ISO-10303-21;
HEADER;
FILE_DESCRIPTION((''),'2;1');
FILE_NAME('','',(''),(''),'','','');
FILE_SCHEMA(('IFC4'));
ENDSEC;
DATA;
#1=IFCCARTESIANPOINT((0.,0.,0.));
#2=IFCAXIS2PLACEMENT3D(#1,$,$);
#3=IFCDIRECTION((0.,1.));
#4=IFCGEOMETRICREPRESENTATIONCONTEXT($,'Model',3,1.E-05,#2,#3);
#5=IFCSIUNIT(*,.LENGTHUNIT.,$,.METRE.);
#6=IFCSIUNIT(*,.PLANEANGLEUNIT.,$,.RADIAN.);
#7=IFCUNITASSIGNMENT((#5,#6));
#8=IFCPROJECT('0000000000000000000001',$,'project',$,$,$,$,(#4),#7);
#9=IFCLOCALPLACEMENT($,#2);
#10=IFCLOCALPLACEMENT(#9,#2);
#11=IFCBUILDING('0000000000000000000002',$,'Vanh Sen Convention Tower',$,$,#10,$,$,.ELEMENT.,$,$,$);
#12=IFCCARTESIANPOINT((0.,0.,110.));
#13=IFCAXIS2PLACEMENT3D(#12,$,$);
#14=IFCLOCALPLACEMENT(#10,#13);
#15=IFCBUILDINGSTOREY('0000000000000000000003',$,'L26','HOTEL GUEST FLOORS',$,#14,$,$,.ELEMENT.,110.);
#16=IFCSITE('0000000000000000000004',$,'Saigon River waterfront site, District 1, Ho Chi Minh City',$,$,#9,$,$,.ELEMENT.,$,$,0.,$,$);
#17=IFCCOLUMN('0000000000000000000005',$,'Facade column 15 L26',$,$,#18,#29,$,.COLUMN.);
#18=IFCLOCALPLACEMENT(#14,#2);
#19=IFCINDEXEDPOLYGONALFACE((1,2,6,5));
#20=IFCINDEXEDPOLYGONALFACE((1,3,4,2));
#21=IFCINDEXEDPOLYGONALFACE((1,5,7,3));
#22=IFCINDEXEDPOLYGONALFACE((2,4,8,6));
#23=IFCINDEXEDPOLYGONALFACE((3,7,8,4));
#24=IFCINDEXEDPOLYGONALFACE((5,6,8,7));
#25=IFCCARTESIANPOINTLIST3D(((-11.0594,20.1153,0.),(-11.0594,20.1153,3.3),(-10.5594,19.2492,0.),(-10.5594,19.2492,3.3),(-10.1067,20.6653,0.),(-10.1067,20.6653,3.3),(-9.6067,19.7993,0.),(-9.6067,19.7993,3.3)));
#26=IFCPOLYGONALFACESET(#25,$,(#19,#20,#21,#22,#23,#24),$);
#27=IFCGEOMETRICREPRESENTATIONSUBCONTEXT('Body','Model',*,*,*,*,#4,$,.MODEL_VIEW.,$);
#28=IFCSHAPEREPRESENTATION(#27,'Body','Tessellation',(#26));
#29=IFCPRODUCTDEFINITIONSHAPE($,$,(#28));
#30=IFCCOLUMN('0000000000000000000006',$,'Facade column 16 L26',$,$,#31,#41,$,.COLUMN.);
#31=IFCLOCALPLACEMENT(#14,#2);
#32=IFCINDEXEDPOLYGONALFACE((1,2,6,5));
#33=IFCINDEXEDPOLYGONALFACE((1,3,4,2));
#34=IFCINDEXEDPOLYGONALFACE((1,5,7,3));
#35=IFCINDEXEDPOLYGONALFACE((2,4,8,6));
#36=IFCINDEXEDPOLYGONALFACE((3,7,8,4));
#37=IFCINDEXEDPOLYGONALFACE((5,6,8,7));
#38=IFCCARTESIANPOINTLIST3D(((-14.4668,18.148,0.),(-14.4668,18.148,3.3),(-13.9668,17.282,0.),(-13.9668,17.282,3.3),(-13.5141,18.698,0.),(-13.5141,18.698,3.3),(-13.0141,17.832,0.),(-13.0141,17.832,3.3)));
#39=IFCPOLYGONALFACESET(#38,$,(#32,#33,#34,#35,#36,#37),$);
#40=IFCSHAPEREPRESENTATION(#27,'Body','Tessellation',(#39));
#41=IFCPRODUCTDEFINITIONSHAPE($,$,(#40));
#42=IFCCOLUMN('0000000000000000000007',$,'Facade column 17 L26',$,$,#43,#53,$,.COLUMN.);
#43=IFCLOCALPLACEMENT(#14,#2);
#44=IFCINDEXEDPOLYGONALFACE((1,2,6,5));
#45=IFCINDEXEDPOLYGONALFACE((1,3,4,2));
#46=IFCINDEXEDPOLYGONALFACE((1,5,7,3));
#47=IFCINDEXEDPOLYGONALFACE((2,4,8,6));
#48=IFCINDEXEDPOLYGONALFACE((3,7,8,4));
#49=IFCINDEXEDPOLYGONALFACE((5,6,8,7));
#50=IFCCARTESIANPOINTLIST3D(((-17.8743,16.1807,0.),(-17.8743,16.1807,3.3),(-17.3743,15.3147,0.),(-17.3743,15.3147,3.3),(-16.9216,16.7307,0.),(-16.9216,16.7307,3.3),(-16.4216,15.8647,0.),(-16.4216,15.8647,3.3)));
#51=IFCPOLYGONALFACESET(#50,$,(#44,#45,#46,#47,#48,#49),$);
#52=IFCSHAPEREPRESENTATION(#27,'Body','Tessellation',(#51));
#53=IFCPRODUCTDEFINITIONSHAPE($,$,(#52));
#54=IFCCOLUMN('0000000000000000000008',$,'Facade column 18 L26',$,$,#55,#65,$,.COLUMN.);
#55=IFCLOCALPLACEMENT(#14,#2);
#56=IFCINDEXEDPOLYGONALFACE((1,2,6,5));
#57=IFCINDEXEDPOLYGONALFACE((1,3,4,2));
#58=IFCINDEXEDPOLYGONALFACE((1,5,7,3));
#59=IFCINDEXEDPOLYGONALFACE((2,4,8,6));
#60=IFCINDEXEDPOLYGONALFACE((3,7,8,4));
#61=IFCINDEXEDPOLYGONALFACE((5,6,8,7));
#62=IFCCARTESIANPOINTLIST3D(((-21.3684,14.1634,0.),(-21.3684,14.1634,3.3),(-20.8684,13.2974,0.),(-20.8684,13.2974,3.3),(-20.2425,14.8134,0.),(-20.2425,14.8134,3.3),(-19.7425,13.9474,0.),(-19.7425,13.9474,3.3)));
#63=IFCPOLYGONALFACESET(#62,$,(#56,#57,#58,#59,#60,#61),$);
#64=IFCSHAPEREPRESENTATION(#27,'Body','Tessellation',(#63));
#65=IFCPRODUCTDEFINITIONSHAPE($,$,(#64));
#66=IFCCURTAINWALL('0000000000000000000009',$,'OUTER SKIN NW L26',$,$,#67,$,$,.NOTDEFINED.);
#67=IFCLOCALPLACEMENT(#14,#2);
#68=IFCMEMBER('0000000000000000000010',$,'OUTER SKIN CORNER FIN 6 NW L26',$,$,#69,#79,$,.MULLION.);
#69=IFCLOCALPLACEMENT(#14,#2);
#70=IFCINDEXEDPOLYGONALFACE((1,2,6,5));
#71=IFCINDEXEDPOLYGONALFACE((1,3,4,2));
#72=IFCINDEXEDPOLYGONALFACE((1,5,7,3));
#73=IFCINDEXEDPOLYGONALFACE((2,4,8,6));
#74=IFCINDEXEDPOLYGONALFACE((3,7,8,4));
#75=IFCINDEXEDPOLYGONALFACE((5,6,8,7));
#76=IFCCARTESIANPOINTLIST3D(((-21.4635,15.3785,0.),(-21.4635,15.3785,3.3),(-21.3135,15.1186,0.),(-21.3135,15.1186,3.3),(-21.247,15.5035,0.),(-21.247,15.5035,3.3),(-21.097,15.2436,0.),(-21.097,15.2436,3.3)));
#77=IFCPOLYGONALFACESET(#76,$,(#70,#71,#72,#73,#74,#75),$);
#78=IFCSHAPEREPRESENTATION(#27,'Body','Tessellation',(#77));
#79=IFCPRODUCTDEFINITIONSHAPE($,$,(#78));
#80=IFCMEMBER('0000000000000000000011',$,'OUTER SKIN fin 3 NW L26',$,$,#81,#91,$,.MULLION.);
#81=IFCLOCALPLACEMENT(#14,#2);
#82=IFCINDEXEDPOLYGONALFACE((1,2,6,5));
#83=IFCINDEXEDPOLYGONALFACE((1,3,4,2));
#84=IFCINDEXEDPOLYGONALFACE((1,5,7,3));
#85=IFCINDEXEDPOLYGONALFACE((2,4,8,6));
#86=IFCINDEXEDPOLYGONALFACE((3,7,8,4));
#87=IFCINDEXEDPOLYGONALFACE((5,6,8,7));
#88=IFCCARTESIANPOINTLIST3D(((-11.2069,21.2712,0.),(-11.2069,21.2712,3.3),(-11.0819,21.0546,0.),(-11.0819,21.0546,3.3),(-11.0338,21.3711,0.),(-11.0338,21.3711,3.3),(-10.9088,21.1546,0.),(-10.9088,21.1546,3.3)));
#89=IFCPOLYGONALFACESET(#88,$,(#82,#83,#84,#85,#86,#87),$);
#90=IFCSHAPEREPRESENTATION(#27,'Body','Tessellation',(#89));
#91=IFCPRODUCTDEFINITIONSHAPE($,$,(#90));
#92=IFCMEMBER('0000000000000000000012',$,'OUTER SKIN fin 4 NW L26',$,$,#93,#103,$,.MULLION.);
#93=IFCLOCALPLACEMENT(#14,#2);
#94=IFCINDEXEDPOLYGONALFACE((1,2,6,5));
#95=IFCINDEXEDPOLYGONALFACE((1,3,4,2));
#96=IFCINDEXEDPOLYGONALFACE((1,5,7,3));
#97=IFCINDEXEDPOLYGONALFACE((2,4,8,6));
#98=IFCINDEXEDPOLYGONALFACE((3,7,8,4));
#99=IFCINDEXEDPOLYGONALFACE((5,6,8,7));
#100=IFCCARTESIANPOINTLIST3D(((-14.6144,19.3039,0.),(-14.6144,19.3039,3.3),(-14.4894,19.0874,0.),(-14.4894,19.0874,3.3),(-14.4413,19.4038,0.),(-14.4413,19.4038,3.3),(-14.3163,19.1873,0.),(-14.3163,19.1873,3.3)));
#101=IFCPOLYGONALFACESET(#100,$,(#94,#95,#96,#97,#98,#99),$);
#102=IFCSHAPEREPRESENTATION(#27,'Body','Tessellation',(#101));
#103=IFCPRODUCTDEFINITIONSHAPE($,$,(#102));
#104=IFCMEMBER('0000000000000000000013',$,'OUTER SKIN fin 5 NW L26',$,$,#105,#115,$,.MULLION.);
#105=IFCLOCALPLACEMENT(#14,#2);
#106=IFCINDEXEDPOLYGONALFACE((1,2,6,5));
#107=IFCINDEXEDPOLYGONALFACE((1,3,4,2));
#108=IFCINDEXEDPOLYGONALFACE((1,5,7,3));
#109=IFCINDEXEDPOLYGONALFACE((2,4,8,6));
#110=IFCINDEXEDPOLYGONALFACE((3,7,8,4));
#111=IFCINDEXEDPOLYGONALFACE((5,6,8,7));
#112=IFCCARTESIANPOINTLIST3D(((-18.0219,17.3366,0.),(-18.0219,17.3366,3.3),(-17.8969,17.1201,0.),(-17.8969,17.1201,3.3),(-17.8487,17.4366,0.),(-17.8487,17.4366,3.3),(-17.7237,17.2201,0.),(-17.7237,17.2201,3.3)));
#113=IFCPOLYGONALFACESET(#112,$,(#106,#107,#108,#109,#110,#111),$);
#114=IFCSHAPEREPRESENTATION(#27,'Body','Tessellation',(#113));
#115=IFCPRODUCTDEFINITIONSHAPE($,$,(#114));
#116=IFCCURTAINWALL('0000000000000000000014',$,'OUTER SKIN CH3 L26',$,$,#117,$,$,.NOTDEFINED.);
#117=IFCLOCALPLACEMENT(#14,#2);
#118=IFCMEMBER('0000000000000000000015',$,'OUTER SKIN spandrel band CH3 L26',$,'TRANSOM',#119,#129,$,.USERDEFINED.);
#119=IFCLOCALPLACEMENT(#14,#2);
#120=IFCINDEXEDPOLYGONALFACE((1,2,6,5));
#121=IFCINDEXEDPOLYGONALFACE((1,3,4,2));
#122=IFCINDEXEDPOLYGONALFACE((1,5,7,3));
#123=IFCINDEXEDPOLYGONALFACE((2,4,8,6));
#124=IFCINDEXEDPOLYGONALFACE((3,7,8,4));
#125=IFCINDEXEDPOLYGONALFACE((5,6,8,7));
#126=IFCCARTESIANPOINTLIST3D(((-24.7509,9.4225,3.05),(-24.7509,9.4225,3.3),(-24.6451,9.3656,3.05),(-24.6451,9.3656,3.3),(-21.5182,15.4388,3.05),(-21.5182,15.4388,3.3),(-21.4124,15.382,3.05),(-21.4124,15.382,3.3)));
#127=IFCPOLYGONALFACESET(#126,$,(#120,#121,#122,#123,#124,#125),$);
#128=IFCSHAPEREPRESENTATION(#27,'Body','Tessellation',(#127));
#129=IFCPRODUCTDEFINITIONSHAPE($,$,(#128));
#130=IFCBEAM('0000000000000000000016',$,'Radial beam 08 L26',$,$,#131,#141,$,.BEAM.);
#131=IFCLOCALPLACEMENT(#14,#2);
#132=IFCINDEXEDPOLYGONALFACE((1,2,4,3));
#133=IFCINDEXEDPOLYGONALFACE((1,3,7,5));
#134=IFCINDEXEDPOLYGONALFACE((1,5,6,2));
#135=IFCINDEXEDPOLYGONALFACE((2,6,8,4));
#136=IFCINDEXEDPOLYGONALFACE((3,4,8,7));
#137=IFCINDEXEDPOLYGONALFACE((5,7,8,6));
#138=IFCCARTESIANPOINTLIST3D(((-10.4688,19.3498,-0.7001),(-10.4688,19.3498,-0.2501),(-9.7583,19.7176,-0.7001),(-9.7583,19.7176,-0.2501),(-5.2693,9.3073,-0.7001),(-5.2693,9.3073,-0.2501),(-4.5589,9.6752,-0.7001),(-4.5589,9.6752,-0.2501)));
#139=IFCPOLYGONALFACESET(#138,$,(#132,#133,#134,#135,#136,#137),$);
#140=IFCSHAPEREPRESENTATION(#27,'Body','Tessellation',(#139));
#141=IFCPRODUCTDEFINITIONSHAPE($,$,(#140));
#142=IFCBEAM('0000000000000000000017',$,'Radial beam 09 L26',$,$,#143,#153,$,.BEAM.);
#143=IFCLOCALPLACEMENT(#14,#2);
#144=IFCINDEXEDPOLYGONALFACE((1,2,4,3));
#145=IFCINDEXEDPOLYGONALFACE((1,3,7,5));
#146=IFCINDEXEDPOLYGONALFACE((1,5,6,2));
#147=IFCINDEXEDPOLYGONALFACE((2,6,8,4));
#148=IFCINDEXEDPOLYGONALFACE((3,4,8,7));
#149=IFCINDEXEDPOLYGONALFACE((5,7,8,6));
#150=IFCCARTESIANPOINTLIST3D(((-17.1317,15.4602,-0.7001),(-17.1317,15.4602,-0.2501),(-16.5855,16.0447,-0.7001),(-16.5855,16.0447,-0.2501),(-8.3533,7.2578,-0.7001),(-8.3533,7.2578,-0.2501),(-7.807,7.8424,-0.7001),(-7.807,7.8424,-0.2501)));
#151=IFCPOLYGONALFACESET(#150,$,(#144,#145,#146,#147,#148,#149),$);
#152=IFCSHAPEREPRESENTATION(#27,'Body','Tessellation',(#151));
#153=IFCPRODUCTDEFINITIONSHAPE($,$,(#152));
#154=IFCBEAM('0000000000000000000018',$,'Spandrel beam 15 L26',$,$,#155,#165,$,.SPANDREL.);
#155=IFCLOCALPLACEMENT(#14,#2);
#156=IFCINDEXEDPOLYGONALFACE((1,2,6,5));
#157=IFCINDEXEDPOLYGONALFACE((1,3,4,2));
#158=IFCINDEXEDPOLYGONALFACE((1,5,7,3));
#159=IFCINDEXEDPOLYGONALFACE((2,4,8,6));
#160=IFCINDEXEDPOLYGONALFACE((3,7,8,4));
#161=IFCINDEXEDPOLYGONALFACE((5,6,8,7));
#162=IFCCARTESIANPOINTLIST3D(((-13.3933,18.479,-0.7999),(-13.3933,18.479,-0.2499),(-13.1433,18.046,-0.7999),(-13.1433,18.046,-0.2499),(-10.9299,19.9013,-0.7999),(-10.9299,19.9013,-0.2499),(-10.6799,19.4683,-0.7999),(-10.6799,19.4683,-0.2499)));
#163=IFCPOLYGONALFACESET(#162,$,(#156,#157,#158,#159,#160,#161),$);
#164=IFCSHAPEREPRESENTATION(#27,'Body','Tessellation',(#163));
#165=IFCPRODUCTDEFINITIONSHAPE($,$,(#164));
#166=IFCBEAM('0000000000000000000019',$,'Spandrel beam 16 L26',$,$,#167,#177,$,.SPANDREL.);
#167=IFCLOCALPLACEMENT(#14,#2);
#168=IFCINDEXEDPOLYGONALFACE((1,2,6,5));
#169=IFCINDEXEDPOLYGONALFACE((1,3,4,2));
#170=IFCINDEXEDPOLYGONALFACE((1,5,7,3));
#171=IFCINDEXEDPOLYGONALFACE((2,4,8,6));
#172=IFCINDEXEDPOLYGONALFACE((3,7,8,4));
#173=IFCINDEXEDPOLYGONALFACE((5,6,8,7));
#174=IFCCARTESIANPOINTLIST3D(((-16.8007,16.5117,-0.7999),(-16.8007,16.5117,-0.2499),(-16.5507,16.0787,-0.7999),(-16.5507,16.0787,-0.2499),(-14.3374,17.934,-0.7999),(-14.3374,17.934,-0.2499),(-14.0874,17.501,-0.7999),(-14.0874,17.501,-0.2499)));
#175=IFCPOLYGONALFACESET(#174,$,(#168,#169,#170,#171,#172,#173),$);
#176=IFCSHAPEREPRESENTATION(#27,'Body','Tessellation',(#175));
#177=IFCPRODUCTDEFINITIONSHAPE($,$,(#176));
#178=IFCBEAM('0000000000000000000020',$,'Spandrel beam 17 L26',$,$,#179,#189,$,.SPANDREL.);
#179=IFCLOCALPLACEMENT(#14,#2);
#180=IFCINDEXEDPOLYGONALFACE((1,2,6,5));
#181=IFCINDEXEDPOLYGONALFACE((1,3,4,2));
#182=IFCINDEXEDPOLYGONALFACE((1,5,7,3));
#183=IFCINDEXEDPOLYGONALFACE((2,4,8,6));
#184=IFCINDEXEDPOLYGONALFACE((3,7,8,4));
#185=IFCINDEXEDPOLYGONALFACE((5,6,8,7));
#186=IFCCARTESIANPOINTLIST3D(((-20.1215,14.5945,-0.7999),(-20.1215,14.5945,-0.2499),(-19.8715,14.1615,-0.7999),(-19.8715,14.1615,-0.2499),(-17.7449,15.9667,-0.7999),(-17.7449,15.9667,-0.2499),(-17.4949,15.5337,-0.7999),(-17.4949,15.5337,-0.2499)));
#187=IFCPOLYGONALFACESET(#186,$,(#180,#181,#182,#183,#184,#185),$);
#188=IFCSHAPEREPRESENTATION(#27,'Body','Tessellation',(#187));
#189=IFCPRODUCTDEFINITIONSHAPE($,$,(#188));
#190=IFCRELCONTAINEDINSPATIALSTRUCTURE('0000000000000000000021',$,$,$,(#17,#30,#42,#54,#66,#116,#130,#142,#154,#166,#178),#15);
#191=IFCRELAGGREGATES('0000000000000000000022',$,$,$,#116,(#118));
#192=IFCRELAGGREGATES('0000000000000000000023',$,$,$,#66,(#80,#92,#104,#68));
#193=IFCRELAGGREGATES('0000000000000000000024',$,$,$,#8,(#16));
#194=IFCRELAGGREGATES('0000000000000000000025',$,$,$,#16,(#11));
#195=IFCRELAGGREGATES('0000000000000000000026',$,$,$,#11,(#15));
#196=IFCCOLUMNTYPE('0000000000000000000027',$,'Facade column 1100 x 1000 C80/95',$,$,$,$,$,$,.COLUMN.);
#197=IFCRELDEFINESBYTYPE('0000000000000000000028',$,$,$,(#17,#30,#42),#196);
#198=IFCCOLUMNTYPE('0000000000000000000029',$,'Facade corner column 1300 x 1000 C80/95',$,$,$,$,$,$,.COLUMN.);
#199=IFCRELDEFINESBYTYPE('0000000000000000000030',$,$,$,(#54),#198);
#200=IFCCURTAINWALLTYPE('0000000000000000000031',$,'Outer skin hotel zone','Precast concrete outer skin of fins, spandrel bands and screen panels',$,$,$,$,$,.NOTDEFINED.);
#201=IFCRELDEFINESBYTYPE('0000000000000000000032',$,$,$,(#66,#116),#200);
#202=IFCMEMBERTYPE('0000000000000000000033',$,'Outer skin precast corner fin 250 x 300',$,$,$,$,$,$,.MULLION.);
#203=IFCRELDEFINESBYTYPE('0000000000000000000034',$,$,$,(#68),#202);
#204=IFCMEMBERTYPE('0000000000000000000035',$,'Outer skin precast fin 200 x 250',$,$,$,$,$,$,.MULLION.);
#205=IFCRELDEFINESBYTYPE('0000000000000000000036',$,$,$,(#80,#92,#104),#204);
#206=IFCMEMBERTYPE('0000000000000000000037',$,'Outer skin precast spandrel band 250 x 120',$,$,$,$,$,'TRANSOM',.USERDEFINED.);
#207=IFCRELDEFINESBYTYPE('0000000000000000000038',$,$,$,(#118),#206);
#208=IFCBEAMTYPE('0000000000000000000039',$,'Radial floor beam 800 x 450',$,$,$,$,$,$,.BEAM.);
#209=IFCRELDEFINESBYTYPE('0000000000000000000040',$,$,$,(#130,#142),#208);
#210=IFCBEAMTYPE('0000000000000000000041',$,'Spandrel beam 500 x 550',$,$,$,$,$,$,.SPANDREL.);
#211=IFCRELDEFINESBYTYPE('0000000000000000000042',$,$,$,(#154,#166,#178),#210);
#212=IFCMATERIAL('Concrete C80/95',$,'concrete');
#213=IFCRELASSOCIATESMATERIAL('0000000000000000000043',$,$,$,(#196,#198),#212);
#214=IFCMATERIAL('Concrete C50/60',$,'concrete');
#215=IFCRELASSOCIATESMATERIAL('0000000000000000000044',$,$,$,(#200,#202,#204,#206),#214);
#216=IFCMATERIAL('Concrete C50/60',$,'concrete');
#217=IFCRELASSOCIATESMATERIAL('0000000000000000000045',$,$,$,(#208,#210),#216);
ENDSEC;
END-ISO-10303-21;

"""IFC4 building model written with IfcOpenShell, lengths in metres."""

from ifc_helpers import new_model, si_unit, direction, frame, origin, origin_2d, place, context, subcontext, project, spatial, rectangle, extrude, material, material_profile, profile_set, type_object, element, aggregate, save


model = new_model("IFC4")

# Units and contexts
model_context = context("Model", 3, precision=1e-05, world=origin(), true_north=direction((0.0, 1.0)))
body_context = subcontext(model_context, "Body", "Model", "MODEL_VIEW")
ifc_project = project(units=[si_unit("LENGTHUNIT", "METRE"), si_unit("PLANEANGLEUNIT", "RADIAN")], contexts=[model_context])

# Site, building, storey
site_placement = place(None, origin())
site = spatial("IfcSite", under=ifc_project, at=site_placement, Name="Saigon River waterfront site, District 1, Ho Chi Minh City", CompositionType="ELEMENT", RefElevation=0.0)
building_placement = place(site_placement, origin())
building = spatial("IfcBuilding", under=site, at=building_placement, Name="Vanh Sen Convention Tower", CompositionType="ELEMENT")
storey_placement = place(building_placement, frame((0.0, 0.0, 110.0)))
storey = spatial("IfcBuildingStorey", under=building, at=storey_placement, Name="L26", Description="HOTEL GUEST FLOORS", CompositionType="ELEMENT", Elevation=110.0)

# Columns
ifc_material_1 = material(Name="Concrete C80/95", Category="concrete")
ifc_material_profile_1 = material_profile(ifc_material_1, rectangle(XDim=1.1001, YDim=1.0, at=origin_2d()), Name="RC 1100X1000")
ifc_profile_set_1 = profile_set([ifc_material_profile_1], Name="Concrete C80/95")
column_type_1 = type_object("IfcColumnType", Name="Facade column 1100 x 1000 C80/95", PredefinedType="COLUMN", material=ifc_profile_set_1)
for number, where, z_axis, x_axis, name in (
    (1, (-10.333, 19.9573, 0.0), (0.0, 0.0, 1.0), (-0.866025, -0.5, 0.0), "Facade column 15 L26"),
    (2, (-13.7405, 17.99, 0.0), (0.0, 0.0, 1.0), (-0.866025, -0.5, 0.0), "Facade column 16 L26"),
    (3, (-17.1479, 16.0227, 0.0), (0.0, 0.0, 1.0), (-0.866025, -0.5, 0.0), "Facade column 17 L26"),
):
    element("IfcColumn", number, at=place(storey_placement, frame(where, z_axis=z_axis, x_axis=x_axis)), inside=storey, type_object=column_type_1, Name=name, PredefinedType="COLUMN", context=body_context, shape_type="SweptSolid", body=[
        extrude(rectangle(XDim=1.1001, YDim=1.0, at=origin_2d()), origin(), (0.0, 0.0, 1.0), 3.3),
    ])
ifc_material_profile_2 = material_profile(ifc_material_1, rectangle(XDim=1.3, YDim=1.0, at=origin_2d()), Name="RC 1300X1000")
ifc_profile_set_2 = profile_set([ifc_material_profile_2], Name="Concrete C80/95")
column_type_2 = type_object("IfcColumnType", Name="Facade corner column 1300 x 1000 C80/95", PredefinedType="COLUMN", material=ifc_profile_set_2)
column_placement = place(storey_placement, frame((-20.5554, 14.0554, 0.0), z_axis=(0.0, 0.0, 1.0), x_axis=(-0.866025, -0.5, 0.0)))
element("IfcColumn", 4, at=column_placement, inside=storey, type_object=column_type_2, Name="Facade column 18 L26", PredefinedType="COLUMN", context=body_context, shape_type="SweptSolid", body=[
    extrude(rectangle(XDim=1.3, YDim=1.0, at=origin_2d()), origin(), (0.0, 0.0, 1.0), 3.3),
])

# Curtain wall, members
ifc_material_2 = material(Name="Concrete C50/60", Category="concrete")
curtain_wall_type = type_object("IfcCurtainWallType", Name="Outer skin hotel zone", Description="Precast concrete outer skin of fins, spandrel bands and screen panels", PredefinedType="NOTDEFINED", material=ifc_material_2)
curtain_wall_1_placement = place(storey_placement, origin())
curtain_wall_1 = element("IfcCurtainWall", 5, at=curtain_wall_1_placement, inside=storey, type_object=curtain_wall_type, Name="OUTER SKIN NW L26", PredefinedType="NOTDEFINED")
ifc_material_profile_3 = material_profile(ifc_material_2, rectangle(XDim=0.25, YDim=0.3, at=origin_2d()), Name="Outer skin precast corner fin 250 x 300")
ifc_profile_set_3 = profile_set([ifc_material_profile_3], Name="Concrete C50/60")
member_type_1 = type_object("IfcMemberType", Name="Outer skin precast corner fin 250 x 300", PredefinedType="MULLION", material=ifc_profile_set_3)
member_1_placement = place(storey_placement, frame((-21.2803, 15.311, 0.0), z_axis=(0.0, 0.0, 1.0), x_axis=(-0.866025, -0.5, 0.0)))
member_1 = element("IfcMember", 6, at=member_1_placement, type_object=member_type_1, Name="OUTER SKIN CORNER FIN 6 NW L26", PredefinedType="MULLION", context=body_context, shape_type="SweptSolid", body=[
    extrude(rectangle(XDim=0.25, YDim=0.3, at=origin_2d()), origin(), (0.0, 0.0, 1.0), 3.3),
])
ifc_material_profile_4 = material_profile(ifc_material_2, rectangle(XDim=0.2, YDim=0.25, at=origin_2d()), Name="Outer skin precast fin 200 x 250")
ifc_profile_set_4 = profile_set([ifc_material_profile_4], Name="Concrete C50/60")
member_type_2 = type_object("IfcMemberType", Name="Outer skin precast fin 200 x 250", PredefinedType="MULLION", material=ifc_profile_set_4)
member_2_placement = place(storey_placement, frame((-11.0579, 21.2129, 0.0), z_axis=(0.0, 0.0, 1.0), x_axis=(-0.866025, -0.5, 0.0)))
member_2 = element("IfcMember", 7, at=member_2_placement, type_object=member_type_2, Name="OUTER SKIN fin 3 NW L26", PredefinedType="MULLION", context=body_context, shape_type="SweptSolid", body=[
    extrude(rectangle(XDim=0.2, YDim=0.25, at=origin_2d()), origin(), (0.0, 0.0, 1.0), 3.3),
])
member_3_placement = place(storey_placement, frame((-14.4653, 19.2456, 0.0), z_axis=(0.0, 0.0, 1.0), x_axis=(-0.866025, -0.5, 0.0)))
member_3 = element("IfcMember", 8, at=member_3_placement, type_object=member_type_2, Name="OUTER SKIN fin 4 NW L26", PredefinedType="MULLION", context=body_context, shape_type="SweptSolid", body=[
    extrude(rectangle(XDim=0.2, YDim=0.25, at=origin_2d()), origin(), (0.0, 0.0, 1.0), 3.3),
])
member_4_placement = place(storey_placement, frame((-17.8728, 17.2783, 0.0), z_axis=(0.0, 0.0, 1.0), x_axis=(-0.866025, -0.5, 0.0)))
member_4 = element("IfcMember", 9, at=member_4_placement, type_object=member_type_2, Name="OUTER SKIN fin 5 NW L26", PredefinedType="MULLION", context=body_context, shape_type="SweptSolid", body=[
    extrude(rectangle(XDim=0.2, YDim=0.25, at=origin_2d()), origin(), (0.0, 0.0, 1.0), 3.3),
])

# Curtain wall, member
curtain_wall_2_placement = place(storey_placement, origin())
curtain_wall_2 = element("IfcCurtainWall", 10, at=curtain_wall_2_placement, inside=storey, type_object=curtain_wall_type, Name="OUTER SKIN CH3 L26", PredefinedType="NOTDEFINED")
ifc_material_profile_5 = material_profile(ifc_material_2, rectangle(XDim=0.1201, YDim=0.25, at=origin_2d()), Name="Outer skin precast spandrel band 250 x 120")
ifc_profile_set_5 = profile_set([ifc_material_profile_5], Name="Concrete C50/60")
member_type_3 = type_object("IfcMemberType", Name="Outer skin precast spandrel band 250 x 120", ElementType="TRANSOM", PredefinedType="USERDEFINED", material=ifc_profile_set_5)
member_5_placement = place(storey_placement, frame((-21.4653, 15.4104, 3.175), z_axis=(-0.473315, -0.880893, 0.0), x_axis=(0.880893, -0.473315, 0.0)))
member_5 = element("IfcMember", 11, at=member_5_placement, type_object=member_type_3, Name="OUTER SKIN spandrel band CH3 L26", ObjectType="TRANSOM", PredefinedType="USERDEFINED", context=body_context, shape_type="SweptSolid", body=[
    extrude(rectangle(XDim=0.1201, YDim=0.25, at=origin_2d()), origin(), (0.0, 0.0, 1.0), 6.8298),
])
aggregate(curtain_wall_2, [member_5])

# Beams
ifc_material_3 = material(Name="Concrete C50/60", Category="concrete")
ifc_material_profile_6 = material_profile(ifc_material_3, rectangle(XDim=0.8, YDim=0.45, at=origin_2d()), Name="RC 800X450")
ifc_profile_set_6 = profile_set([ifc_material_profile_6], Name="Concrete C50/60")
beam_type_1 = type_object("IfcBeamType", Name="Radial floor beam 800 x 450", PredefinedType="BEAM", material=ifc_profile_set_6)
beam_1_placement = place(storey_placement, frame((-10.1135, 19.5337, -0.4751), z_axis=(0.459777, -0.888034, 0.0), x_axis=(0.888034, 0.459777, 0.0)))
element("IfcBeam", 12, at=beam_1_placement, inside=storey, type_object=beam_type_1, Name="Radial beam 08 L26", PredefinedType="BEAM", context=body_context, shape_type="SweptSolid", body=[
    extrude(rectangle(XDim=0.8, YDim=0.45, at=origin_2d()), origin(), (0.0, 0.0, 1.0), 11.3086),
])
beam_2_placement = place(storey_placement, frame((-16.8586, 15.7524, -0.4751), z_axis=(0.730679, -0.682721, 0.0), x_axis=(0.682721, 0.730679, 0.0)))
element("IfcBeam", 13, at=beam_2_placement, inside=storey, type_object=beam_type_1, Name="Radial beam 09 L26", PredefinedType="BEAM", context=body_context, shape_type="SweptSolid", body=[
    extrude(rectangle(XDim=0.8, YDim=0.45, at=origin_2d()), origin(), (0.0, 0.0, 1.0), 12.0142),
])
ifc_material_profile_7 = material_profile(ifc_material_3, rectangle(XDim=0.5, YDim=0.55, at=origin_2d()), Name="RC 500X550")
ifc_profile_set_7 = profile_set([ifc_material_profile_7], Name="Concrete C50/60")
beam_type_2 = type_object("IfcBeamType", Name="Spandrel beam 500 x 550", PredefinedType="SPANDREL", material=ifc_profile_set_7)
for number, where, z_axis, x_axis, name in (
    (14, (-10.8049, 19.6848, -0.5249), (-0.866005, -0.500034, 0.0), (0.500034, -0.866005, 0.0), "Spandrel beam 15 L26"),
    (15, (-14.2124, 17.7175, -0.5249), (-0.866005, -0.500034, 0.0), (0.500034, -0.866005, 0.0), "Spandrel beam 16 L26"),
):
    element("IfcBeam", number, at=place(storey_placement, frame(where, z_axis=z_axis, x_axis=x_axis)), inside=storey, type_object=beam_type_2, Name=name, PredefinedType="SPANDREL", context=body_context, shape_type="SweptSolid", body=[
        extrude(rectangle(XDim=0.5, YDim=0.55, at=origin_2d()), origin(), (0.0, 0.0, 1.0), 2.8445),
    ])
beam_3_placement = place(storey_placement, frame((-17.6199, 15.7502, -0.5249), z_axis=(-0.866006, -0.500033, 0.0), x_axis=(0.500033, -0.866006, 0.0)))
element("IfcBeam", 16, at=beam_3_placement, inside=storey, type_object=beam_type_2, Name="Spandrel beam 17 L26", PredefinedType="SPANDREL", context=body_context, shape_type="SweptSolid", body=[
    extrude(rectangle(XDim=0.5, YDim=0.55, at=origin_2d()), origin(), (0.0, 0.0, 1.0), 2.7444),
])

aggregate(curtain_wall_1, [member_2, member_3, member_4, member_1])

save(model, "model.ifc")
